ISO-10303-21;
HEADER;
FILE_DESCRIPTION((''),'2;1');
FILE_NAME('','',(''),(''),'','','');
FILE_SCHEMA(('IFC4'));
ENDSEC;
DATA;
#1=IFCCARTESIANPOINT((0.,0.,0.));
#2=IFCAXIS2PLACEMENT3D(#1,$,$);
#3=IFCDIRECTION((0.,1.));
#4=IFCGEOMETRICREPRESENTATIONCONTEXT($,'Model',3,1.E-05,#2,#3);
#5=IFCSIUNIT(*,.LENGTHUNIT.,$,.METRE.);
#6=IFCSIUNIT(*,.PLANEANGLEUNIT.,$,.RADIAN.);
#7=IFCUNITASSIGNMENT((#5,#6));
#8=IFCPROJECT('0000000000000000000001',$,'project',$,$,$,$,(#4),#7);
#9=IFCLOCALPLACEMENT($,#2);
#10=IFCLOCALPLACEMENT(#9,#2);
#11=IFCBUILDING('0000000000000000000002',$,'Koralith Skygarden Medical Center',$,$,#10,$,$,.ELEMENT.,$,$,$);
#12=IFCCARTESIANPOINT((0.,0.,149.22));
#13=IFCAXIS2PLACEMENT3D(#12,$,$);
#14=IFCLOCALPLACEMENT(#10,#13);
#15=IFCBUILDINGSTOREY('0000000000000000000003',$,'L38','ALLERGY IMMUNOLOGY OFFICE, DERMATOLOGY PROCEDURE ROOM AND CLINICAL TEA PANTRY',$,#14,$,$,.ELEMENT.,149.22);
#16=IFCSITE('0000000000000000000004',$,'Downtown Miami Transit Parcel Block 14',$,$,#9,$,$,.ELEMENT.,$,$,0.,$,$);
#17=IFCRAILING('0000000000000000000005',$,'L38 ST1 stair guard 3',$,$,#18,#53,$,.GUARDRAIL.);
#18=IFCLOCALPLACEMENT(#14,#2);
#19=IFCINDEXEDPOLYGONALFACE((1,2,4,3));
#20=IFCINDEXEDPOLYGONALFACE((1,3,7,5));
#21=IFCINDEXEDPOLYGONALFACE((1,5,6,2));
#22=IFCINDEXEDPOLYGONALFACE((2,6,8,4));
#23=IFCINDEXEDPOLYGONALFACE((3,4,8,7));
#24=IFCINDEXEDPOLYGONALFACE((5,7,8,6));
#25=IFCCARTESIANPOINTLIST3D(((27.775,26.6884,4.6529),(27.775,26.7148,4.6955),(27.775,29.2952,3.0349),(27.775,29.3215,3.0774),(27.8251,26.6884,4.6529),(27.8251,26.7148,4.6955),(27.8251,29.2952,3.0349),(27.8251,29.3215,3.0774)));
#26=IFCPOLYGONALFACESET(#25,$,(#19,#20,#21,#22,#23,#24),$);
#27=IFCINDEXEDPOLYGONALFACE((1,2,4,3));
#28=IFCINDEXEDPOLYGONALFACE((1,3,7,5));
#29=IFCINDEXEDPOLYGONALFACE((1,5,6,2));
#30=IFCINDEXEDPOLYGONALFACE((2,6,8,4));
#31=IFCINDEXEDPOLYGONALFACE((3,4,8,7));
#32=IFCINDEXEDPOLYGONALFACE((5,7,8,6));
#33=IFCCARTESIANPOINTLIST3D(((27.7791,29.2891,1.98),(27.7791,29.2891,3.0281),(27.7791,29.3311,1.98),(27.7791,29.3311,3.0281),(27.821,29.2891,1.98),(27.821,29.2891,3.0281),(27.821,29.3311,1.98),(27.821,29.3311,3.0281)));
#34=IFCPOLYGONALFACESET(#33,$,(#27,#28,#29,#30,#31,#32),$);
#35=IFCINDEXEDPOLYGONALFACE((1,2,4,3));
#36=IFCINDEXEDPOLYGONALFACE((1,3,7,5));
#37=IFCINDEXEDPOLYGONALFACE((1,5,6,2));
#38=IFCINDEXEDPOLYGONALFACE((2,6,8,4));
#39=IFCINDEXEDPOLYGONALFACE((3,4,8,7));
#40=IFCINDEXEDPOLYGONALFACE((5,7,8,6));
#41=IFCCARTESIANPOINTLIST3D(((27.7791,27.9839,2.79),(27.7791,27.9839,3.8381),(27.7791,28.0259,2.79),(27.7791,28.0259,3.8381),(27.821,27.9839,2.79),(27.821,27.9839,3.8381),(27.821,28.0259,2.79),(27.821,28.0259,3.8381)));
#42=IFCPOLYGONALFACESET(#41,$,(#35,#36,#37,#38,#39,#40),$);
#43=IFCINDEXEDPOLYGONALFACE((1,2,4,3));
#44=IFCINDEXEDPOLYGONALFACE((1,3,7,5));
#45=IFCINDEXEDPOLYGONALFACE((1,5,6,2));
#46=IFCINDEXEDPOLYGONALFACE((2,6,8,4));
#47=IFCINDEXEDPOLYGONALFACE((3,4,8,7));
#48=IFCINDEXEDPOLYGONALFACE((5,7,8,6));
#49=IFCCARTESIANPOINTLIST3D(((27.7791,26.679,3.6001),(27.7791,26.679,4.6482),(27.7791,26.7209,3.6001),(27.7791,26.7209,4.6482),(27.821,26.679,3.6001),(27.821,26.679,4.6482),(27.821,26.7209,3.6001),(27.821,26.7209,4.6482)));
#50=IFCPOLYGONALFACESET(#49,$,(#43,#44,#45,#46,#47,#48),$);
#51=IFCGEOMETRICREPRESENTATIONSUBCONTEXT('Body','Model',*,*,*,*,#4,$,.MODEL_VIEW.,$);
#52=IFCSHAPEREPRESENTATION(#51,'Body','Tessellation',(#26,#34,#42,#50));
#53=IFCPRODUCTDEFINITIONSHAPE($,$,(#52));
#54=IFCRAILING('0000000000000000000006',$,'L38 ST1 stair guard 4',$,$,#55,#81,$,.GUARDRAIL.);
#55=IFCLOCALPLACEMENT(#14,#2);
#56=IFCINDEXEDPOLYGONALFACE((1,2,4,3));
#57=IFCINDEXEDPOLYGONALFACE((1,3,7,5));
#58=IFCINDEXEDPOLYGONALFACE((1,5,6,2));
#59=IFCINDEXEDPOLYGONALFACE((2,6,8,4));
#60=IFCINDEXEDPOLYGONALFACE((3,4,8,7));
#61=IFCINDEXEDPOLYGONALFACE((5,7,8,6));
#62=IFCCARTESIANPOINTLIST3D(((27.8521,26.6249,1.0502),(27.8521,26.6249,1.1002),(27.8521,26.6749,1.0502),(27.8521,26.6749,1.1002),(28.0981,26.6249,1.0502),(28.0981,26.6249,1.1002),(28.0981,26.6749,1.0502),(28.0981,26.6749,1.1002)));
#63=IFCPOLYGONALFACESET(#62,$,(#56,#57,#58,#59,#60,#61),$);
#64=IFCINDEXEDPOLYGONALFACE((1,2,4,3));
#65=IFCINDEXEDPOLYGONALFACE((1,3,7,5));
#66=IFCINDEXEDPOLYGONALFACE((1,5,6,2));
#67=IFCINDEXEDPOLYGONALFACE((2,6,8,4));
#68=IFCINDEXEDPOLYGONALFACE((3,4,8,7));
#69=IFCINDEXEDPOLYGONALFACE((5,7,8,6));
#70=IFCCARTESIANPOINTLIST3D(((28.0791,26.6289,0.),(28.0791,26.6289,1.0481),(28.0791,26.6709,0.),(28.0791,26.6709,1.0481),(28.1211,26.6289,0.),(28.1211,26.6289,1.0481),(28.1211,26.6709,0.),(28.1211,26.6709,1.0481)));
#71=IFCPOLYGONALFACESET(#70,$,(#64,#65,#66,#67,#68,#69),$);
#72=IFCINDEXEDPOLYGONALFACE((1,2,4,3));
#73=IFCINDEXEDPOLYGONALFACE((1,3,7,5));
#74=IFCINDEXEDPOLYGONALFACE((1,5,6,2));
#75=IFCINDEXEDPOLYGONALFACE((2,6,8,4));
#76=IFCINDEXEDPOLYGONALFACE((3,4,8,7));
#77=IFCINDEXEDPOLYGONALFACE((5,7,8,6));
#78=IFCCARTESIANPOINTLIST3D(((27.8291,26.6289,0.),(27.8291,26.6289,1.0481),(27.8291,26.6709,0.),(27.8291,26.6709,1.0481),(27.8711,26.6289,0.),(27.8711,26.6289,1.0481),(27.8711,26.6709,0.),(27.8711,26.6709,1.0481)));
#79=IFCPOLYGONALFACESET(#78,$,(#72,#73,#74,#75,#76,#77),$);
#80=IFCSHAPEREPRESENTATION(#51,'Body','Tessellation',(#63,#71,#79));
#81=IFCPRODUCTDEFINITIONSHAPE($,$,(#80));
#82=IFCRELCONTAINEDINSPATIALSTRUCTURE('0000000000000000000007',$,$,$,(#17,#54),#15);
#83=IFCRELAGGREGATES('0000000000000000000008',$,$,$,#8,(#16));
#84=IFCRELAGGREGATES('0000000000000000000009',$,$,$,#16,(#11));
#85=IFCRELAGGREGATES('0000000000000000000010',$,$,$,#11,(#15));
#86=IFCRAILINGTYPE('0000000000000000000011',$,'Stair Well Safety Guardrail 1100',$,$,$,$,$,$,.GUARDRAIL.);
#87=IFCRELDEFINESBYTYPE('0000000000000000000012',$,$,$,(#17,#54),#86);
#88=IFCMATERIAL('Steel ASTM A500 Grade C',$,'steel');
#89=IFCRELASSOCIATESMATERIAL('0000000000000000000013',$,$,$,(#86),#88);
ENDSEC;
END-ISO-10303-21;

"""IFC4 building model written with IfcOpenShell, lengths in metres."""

from ifc_helpers import new_model, si_unit, direction, frame, origin, origin_2d, place, context, subcontext, project, spatial, rectangle, extrude, material, type_object, element, save


model = new_model("IFC4")

# Units and contexts
model_context = context("Model", 3, precision=1e-05, world=origin(), true_north=direction((0.0, 1.0)))
body_context = subcontext(model_context, "Body", "Model", "MODEL_VIEW")
ifc_project = project(units=[si_unit("LENGTHUNIT", "METRE"), si_unit("PLANEANGLEUNIT", "RADIAN")], contexts=[model_context])

# Site, building, storey
site_placement = place(None, origin())
site = spatial("IfcSite", under=ifc_project, at=site_placement, Name="Downtown Miami Transit Parcel Block 14", CompositionType="ELEMENT", RefElevation=0.0)
building_placement = place(site_placement, origin())
building = spatial("IfcBuilding", under=site, at=building_placement, Name="Koralith Skygarden Medical Center", CompositionType="ELEMENT")
storey_placement = place(building_placement, frame((0.0, 0.0, 149.22)))
storey = spatial("IfcBuildingStorey", under=building, at=storey_placement, Name="L38", Description="ALLERGY IMMUNOLOGY OFFICE, DERMATOLOGY PROCEDURE ROOM AND CLINICAL TEA PANTRY", CompositionType="ELEMENT", Elevation=149.22)

# Shared definitions
ifc_material_1 = material(Name="Steel ASTM A500 Grade C", Category="steel")

# Railings
railing_type_1 = type_object("IfcRailingType", Name="Stair Well Safety Guardrail 1100", PredefinedType="GUARDRAIL", material=ifc_material_1)
railing_1_placement = place(storey_placement, frame((27.8, 29.3101, 1.98)))
element("IfcRailing", 1, at=railing_1_placement, inside=storey, type_object=railing_type_1, Name="L38 ST1 stair guard 3", PredefinedType="GUARDRAIL", context=body_context, shape_type="SweptSolid", body=[
    extrude(rectangle(XDim=0.05, YDim=0.05, at=origin_2d()), frame((0.0, -0.0017, 1.0762), z_axis=(0.0, -0.849633, 0.527375), x_axis=(1.0, 0.0, 0.0)), (0.0, 0.0, 1.0), 3.0681),
    extrude(rectangle(XDim=0.042, YDim=0.042, at=origin_2d()), origin(), (0.0, 0.0, 1.0), 1.0481),
    extrude(rectangle(XDim=0.042, YDim=0.042, at=origin_2d()), frame((0.0, -1.3052, 0.8101)), (0.0, 0.0, 1.0), 1.0481),
    extrude(rectangle(XDim=0.042, YDim=0.042, at=origin_2d()), frame((0.0, -2.6101, 1.6201)), (0.0, 0.0, 1.0), 1.0481),
])
railing_2_placement = place(storey_placement, frame((28.1001, 26.6499, 0.0)))
element("IfcRailing", 2, at=railing_2_placement, inside=storey, type_object=railing_type_1, Name="L38 ST1 stair guard 4", PredefinedType="GUARDRAIL", context=body_context, shape_type="SweptSolid", body=[
    extrude(rectangle(XDim=0.05, YDim=0.05, at=origin_2d()), frame((-0.002, 0.0, 1.0752), z_axis=(-1.0, 0.0, 0.0), x_axis=(0.0, -1.0, 0.0)), (0.0, 0.0, 1.0), 0.2461),
    extrude(rectangle(XDim=0.042, YDim=0.042, at=origin_2d()), origin(), (0.0, 0.0, 1.0), 1.0481),
    extrude(rectangle(XDim=0.042, YDim=0.042, at=origin_2d()), frame((-0.25, 0.0, 0.0)), (0.0, 0.0, 1.0), 1.0481),
])

save(model, "model.ifc")
